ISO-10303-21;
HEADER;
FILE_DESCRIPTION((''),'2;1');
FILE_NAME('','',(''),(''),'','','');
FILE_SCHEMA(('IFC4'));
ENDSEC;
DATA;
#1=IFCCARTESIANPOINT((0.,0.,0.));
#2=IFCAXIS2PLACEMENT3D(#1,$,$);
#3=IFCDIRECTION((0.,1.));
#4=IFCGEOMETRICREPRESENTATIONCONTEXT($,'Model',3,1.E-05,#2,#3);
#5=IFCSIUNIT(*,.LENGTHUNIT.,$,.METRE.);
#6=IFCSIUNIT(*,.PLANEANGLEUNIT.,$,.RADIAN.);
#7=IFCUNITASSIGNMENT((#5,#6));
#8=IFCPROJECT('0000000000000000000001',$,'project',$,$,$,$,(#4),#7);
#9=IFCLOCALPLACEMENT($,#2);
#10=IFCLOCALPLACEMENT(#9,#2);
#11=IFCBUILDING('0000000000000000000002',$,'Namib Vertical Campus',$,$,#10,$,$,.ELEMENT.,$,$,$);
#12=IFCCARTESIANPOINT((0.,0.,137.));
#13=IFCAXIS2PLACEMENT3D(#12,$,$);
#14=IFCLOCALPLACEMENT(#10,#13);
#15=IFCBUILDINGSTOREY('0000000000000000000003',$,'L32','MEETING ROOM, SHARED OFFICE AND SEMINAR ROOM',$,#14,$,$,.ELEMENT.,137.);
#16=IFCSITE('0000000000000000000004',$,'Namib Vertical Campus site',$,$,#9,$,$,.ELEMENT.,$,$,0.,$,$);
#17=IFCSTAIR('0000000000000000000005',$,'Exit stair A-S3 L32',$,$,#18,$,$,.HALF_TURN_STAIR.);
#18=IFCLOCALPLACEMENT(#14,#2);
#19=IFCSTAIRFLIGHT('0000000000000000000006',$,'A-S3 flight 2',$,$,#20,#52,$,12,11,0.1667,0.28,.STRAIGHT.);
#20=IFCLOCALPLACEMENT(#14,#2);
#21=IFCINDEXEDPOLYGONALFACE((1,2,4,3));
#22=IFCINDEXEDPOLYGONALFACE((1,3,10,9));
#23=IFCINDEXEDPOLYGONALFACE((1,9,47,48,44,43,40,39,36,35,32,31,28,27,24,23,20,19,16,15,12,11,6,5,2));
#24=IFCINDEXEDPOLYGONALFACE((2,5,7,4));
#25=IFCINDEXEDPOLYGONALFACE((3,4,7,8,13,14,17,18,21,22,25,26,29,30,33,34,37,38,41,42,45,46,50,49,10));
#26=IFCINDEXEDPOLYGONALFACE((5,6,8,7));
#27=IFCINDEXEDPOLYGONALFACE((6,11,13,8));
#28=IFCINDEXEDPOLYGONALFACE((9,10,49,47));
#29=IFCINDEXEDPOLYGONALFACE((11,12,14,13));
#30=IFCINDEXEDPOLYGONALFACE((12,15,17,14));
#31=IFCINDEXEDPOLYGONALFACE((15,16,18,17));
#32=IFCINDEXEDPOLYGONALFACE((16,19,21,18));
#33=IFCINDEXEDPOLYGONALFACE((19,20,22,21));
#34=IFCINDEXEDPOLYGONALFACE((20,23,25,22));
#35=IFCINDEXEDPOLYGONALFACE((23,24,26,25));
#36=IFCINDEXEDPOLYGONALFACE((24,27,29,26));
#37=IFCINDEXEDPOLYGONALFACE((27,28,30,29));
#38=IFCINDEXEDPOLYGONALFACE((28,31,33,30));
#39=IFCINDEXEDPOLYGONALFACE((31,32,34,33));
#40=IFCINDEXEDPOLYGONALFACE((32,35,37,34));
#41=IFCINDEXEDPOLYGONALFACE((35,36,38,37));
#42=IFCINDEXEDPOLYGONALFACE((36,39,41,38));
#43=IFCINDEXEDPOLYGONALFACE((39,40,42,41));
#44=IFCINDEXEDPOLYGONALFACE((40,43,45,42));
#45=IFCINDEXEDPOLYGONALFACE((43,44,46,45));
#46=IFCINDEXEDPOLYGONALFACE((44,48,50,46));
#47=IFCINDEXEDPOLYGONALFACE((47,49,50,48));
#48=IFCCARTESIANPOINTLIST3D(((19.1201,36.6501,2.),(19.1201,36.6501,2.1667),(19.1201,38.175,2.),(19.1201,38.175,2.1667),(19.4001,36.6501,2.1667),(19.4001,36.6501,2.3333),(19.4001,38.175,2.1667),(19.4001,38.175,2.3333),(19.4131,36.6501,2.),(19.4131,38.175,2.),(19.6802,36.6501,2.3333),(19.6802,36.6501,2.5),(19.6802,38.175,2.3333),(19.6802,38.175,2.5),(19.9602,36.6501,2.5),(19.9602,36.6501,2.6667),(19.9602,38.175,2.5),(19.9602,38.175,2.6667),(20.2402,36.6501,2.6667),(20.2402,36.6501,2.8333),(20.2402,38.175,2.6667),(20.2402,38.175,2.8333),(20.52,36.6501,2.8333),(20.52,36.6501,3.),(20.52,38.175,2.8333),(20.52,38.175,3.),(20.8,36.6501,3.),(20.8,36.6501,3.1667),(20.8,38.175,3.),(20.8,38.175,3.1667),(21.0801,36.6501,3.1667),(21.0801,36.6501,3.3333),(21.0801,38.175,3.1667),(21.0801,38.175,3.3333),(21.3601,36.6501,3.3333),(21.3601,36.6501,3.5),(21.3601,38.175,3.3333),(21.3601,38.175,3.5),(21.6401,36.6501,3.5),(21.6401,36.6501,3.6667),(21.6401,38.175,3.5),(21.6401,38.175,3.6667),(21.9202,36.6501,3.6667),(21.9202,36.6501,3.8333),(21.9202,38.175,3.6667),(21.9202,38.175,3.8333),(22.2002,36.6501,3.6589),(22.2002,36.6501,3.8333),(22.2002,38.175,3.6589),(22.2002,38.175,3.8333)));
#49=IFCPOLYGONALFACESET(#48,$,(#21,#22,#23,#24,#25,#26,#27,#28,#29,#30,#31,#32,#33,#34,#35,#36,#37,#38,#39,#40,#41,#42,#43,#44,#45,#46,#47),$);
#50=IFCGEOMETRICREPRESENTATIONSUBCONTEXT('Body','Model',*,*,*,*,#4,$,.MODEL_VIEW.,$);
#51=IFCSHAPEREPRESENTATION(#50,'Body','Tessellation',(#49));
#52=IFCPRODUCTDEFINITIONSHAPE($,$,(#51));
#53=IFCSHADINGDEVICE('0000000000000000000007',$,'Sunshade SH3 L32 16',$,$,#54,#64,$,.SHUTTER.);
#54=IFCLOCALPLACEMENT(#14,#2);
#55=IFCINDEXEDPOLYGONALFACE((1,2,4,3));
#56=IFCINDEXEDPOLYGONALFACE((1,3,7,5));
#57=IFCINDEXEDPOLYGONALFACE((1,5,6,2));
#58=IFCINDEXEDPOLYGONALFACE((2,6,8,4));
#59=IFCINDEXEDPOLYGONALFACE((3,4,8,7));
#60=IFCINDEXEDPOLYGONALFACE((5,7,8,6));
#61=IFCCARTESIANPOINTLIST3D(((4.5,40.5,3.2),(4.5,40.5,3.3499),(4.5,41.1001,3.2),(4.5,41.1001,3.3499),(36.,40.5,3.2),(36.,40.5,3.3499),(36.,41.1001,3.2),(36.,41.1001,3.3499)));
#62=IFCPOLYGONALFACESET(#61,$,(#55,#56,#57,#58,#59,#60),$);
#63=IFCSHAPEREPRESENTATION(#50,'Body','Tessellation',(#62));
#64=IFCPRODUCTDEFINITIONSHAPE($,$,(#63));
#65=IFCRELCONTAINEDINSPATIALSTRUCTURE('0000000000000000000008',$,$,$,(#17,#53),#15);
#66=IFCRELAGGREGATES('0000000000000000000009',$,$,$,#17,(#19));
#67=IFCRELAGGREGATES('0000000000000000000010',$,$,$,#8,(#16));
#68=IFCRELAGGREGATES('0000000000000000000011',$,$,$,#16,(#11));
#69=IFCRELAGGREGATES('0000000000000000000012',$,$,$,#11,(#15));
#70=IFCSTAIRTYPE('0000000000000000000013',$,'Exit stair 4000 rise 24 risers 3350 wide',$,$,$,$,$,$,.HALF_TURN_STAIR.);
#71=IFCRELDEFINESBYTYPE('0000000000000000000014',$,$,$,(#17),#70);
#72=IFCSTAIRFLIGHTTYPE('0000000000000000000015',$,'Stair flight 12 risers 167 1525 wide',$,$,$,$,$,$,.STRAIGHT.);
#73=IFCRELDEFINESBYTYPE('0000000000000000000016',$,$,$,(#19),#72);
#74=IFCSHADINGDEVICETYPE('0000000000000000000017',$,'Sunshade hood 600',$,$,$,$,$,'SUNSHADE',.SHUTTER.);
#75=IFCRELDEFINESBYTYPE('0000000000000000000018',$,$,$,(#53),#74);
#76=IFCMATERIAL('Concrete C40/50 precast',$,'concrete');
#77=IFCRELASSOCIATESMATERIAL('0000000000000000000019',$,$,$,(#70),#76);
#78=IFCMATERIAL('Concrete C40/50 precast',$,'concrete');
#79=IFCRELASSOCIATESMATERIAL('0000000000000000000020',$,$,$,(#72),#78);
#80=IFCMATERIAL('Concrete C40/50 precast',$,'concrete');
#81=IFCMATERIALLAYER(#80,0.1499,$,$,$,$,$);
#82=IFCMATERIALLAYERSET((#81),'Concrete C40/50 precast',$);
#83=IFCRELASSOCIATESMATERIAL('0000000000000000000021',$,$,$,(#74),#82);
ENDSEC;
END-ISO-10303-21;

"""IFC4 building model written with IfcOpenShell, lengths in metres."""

from ifc_helpers import new_model, si_unit, direction, frame, origin, origin_2d, place, context, subcontext, project, spatial, polyline, rectangle, outline, extrude, material, layer, layer_set, type_object, element, aggregate, save


model = new_model("IFC4")

# Units and contexts
model_context = context("Model", 3, precision=1e-05, world=origin(), true_north=direction((0.0, 1.0)))
body_context = subcontext(model_context, "Body", "Model", "MODEL_VIEW")
ifc_project = project(units=[si_unit("LENGTHUNIT", "METRE"), si_unit("PLANEANGLEUNIT", "RADIAN")], contexts=[model_context])

# Site, building, storey
site_placement = place(None, origin())
site = spatial("IfcSite", under=ifc_project, at=site_placement, Name="Namib Vertical Campus site", CompositionType="ELEMENT", RefElevation=0.0)
building_placement = place(site_placement, origin())
building = spatial("IfcBuilding", under=site, at=building_placement, Name="Namib Vertical Campus", CompositionType="ELEMENT")
storey_placement = place(building_placement, frame((0.0, 0.0, 137.0)))
storey = spatial("IfcBuildingStorey", under=building, at=storey_placement, Name="L32", Description="MEETING ROOM, SHARED OFFICE AND SEMINAR ROOM", CompositionType="ELEMENT", Elevation=137.0)

# Stair, stair flight
ifc_material_1 = material(Name="Concrete C40/50 precast", Category="concrete")
stair_type = type_object("IfcStairType", Name="Exit stair 4000 rise 24 risers 3350 wide", PredefinedType="HALF_TURN_STAIR", material=ifc_material_1)
stair_placement = place(storey_placement, origin())
stair = element("IfcStair", 1, at=stair_placement, inside=storey, type_object=stair_type, Name="Exit stair A-S3 L32", PredefinedType="HALF_TURN_STAIR")
ifc_material_2 = material(Name="Concrete C40/50 precast", Category="concrete")
stair_flight_type = type_object("IfcStairFlightType", Name="Stair flight 12 risers 167 1525 wide", PredefinedType="STRAIGHT", material=ifc_material_2)
stair_flight_placement = place(storey_placement, frame((19.1201, 37.4126, 2.0), z_axis=(0.0, 0.0, 1.0), x_axis=(1.0, 0.0, 0.0)))
stair_flight = element("IfcStairFlight", 2, at=stair_flight_placement, type_object=stair_flight_type, Name="A-S3 flight 2", NumberOfRisers=12, NumberOfTreads=11, PredefinedType="STRAIGHT", RiserHeight=0.1667, TreadLength=0.28, context=body_context, shape_type="SweptSolid", body=[
    extrude(outline(polyline([(0.0, 0.0), (0.0, 0.1667), (0.28, 0.1667), (0.28, 0.3333), (0.5601, 0.3333), (0.5601, 0.5), (0.8401, 0.5), (0.8401, 0.6667), (1.1201, 0.6667), (1.1201, 0.8333), (1.3999, 0.8333), (1.3999, 1.0), (1.6799, 1.0), (1.6799, 1.1667), (1.96, 1.1667), (1.96, 1.3333), (2.24, 1.3333), (2.24, 1.5), (2.52, 1.5), (2.52, 1.6667), (2.8, 1.6667), (2.8, 1.8333), (3.0801, 1.8333), (3.0801, 2.0), (3.0801, 1.6589), (0.293, 0.0), (0.0, 0.0)])), frame((0.0, 0.7625, 0.0), z_axis=(0.0, -1.0, 0.0), x_axis=(1.0, 0.0, 0.0)), (0.0, 0.0, 1.0), 1.5249),
])
aggregate(stair, [stair_flight])

# Shading device
ifc_material_3 = material(Name="Concrete C40/50 precast", Category="concrete")
ifc_layer_1 = layer(ifc_material_3, 0.1499)
ifc_layer_set_1 = layer_set([ifc_layer_1], Name="Concrete C40/50 precast")
shading_device_type = type_object("IfcShadingDeviceType", Name="Sunshade hood 600", ElementType="SUNSHADE", PredefinedType="SHUTTER", material=ifc_layer_set_1)
shading_device_placement = place(storey_placement, frame((20.25, 40.8, 3.2), z_axis=(0.0, 0.0, 1.0), x_axis=(-1.0, 0.0, 0.0)))
element("IfcShadingDevice", 3, at=shading_device_placement, inside=storey, type_object=shading_device_type, Name="Sunshade SH3 L32 16", PredefinedType="SHUTTER", context=body_context, shape_type="SweptSolid", body=[
    extrude(rectangle(XDim=31.5, YDim=0.6001, at=origin_2d()), origin(), (0.0, 0.0, 1.0), 0.1499),
])

save(model, "model.ifc")
